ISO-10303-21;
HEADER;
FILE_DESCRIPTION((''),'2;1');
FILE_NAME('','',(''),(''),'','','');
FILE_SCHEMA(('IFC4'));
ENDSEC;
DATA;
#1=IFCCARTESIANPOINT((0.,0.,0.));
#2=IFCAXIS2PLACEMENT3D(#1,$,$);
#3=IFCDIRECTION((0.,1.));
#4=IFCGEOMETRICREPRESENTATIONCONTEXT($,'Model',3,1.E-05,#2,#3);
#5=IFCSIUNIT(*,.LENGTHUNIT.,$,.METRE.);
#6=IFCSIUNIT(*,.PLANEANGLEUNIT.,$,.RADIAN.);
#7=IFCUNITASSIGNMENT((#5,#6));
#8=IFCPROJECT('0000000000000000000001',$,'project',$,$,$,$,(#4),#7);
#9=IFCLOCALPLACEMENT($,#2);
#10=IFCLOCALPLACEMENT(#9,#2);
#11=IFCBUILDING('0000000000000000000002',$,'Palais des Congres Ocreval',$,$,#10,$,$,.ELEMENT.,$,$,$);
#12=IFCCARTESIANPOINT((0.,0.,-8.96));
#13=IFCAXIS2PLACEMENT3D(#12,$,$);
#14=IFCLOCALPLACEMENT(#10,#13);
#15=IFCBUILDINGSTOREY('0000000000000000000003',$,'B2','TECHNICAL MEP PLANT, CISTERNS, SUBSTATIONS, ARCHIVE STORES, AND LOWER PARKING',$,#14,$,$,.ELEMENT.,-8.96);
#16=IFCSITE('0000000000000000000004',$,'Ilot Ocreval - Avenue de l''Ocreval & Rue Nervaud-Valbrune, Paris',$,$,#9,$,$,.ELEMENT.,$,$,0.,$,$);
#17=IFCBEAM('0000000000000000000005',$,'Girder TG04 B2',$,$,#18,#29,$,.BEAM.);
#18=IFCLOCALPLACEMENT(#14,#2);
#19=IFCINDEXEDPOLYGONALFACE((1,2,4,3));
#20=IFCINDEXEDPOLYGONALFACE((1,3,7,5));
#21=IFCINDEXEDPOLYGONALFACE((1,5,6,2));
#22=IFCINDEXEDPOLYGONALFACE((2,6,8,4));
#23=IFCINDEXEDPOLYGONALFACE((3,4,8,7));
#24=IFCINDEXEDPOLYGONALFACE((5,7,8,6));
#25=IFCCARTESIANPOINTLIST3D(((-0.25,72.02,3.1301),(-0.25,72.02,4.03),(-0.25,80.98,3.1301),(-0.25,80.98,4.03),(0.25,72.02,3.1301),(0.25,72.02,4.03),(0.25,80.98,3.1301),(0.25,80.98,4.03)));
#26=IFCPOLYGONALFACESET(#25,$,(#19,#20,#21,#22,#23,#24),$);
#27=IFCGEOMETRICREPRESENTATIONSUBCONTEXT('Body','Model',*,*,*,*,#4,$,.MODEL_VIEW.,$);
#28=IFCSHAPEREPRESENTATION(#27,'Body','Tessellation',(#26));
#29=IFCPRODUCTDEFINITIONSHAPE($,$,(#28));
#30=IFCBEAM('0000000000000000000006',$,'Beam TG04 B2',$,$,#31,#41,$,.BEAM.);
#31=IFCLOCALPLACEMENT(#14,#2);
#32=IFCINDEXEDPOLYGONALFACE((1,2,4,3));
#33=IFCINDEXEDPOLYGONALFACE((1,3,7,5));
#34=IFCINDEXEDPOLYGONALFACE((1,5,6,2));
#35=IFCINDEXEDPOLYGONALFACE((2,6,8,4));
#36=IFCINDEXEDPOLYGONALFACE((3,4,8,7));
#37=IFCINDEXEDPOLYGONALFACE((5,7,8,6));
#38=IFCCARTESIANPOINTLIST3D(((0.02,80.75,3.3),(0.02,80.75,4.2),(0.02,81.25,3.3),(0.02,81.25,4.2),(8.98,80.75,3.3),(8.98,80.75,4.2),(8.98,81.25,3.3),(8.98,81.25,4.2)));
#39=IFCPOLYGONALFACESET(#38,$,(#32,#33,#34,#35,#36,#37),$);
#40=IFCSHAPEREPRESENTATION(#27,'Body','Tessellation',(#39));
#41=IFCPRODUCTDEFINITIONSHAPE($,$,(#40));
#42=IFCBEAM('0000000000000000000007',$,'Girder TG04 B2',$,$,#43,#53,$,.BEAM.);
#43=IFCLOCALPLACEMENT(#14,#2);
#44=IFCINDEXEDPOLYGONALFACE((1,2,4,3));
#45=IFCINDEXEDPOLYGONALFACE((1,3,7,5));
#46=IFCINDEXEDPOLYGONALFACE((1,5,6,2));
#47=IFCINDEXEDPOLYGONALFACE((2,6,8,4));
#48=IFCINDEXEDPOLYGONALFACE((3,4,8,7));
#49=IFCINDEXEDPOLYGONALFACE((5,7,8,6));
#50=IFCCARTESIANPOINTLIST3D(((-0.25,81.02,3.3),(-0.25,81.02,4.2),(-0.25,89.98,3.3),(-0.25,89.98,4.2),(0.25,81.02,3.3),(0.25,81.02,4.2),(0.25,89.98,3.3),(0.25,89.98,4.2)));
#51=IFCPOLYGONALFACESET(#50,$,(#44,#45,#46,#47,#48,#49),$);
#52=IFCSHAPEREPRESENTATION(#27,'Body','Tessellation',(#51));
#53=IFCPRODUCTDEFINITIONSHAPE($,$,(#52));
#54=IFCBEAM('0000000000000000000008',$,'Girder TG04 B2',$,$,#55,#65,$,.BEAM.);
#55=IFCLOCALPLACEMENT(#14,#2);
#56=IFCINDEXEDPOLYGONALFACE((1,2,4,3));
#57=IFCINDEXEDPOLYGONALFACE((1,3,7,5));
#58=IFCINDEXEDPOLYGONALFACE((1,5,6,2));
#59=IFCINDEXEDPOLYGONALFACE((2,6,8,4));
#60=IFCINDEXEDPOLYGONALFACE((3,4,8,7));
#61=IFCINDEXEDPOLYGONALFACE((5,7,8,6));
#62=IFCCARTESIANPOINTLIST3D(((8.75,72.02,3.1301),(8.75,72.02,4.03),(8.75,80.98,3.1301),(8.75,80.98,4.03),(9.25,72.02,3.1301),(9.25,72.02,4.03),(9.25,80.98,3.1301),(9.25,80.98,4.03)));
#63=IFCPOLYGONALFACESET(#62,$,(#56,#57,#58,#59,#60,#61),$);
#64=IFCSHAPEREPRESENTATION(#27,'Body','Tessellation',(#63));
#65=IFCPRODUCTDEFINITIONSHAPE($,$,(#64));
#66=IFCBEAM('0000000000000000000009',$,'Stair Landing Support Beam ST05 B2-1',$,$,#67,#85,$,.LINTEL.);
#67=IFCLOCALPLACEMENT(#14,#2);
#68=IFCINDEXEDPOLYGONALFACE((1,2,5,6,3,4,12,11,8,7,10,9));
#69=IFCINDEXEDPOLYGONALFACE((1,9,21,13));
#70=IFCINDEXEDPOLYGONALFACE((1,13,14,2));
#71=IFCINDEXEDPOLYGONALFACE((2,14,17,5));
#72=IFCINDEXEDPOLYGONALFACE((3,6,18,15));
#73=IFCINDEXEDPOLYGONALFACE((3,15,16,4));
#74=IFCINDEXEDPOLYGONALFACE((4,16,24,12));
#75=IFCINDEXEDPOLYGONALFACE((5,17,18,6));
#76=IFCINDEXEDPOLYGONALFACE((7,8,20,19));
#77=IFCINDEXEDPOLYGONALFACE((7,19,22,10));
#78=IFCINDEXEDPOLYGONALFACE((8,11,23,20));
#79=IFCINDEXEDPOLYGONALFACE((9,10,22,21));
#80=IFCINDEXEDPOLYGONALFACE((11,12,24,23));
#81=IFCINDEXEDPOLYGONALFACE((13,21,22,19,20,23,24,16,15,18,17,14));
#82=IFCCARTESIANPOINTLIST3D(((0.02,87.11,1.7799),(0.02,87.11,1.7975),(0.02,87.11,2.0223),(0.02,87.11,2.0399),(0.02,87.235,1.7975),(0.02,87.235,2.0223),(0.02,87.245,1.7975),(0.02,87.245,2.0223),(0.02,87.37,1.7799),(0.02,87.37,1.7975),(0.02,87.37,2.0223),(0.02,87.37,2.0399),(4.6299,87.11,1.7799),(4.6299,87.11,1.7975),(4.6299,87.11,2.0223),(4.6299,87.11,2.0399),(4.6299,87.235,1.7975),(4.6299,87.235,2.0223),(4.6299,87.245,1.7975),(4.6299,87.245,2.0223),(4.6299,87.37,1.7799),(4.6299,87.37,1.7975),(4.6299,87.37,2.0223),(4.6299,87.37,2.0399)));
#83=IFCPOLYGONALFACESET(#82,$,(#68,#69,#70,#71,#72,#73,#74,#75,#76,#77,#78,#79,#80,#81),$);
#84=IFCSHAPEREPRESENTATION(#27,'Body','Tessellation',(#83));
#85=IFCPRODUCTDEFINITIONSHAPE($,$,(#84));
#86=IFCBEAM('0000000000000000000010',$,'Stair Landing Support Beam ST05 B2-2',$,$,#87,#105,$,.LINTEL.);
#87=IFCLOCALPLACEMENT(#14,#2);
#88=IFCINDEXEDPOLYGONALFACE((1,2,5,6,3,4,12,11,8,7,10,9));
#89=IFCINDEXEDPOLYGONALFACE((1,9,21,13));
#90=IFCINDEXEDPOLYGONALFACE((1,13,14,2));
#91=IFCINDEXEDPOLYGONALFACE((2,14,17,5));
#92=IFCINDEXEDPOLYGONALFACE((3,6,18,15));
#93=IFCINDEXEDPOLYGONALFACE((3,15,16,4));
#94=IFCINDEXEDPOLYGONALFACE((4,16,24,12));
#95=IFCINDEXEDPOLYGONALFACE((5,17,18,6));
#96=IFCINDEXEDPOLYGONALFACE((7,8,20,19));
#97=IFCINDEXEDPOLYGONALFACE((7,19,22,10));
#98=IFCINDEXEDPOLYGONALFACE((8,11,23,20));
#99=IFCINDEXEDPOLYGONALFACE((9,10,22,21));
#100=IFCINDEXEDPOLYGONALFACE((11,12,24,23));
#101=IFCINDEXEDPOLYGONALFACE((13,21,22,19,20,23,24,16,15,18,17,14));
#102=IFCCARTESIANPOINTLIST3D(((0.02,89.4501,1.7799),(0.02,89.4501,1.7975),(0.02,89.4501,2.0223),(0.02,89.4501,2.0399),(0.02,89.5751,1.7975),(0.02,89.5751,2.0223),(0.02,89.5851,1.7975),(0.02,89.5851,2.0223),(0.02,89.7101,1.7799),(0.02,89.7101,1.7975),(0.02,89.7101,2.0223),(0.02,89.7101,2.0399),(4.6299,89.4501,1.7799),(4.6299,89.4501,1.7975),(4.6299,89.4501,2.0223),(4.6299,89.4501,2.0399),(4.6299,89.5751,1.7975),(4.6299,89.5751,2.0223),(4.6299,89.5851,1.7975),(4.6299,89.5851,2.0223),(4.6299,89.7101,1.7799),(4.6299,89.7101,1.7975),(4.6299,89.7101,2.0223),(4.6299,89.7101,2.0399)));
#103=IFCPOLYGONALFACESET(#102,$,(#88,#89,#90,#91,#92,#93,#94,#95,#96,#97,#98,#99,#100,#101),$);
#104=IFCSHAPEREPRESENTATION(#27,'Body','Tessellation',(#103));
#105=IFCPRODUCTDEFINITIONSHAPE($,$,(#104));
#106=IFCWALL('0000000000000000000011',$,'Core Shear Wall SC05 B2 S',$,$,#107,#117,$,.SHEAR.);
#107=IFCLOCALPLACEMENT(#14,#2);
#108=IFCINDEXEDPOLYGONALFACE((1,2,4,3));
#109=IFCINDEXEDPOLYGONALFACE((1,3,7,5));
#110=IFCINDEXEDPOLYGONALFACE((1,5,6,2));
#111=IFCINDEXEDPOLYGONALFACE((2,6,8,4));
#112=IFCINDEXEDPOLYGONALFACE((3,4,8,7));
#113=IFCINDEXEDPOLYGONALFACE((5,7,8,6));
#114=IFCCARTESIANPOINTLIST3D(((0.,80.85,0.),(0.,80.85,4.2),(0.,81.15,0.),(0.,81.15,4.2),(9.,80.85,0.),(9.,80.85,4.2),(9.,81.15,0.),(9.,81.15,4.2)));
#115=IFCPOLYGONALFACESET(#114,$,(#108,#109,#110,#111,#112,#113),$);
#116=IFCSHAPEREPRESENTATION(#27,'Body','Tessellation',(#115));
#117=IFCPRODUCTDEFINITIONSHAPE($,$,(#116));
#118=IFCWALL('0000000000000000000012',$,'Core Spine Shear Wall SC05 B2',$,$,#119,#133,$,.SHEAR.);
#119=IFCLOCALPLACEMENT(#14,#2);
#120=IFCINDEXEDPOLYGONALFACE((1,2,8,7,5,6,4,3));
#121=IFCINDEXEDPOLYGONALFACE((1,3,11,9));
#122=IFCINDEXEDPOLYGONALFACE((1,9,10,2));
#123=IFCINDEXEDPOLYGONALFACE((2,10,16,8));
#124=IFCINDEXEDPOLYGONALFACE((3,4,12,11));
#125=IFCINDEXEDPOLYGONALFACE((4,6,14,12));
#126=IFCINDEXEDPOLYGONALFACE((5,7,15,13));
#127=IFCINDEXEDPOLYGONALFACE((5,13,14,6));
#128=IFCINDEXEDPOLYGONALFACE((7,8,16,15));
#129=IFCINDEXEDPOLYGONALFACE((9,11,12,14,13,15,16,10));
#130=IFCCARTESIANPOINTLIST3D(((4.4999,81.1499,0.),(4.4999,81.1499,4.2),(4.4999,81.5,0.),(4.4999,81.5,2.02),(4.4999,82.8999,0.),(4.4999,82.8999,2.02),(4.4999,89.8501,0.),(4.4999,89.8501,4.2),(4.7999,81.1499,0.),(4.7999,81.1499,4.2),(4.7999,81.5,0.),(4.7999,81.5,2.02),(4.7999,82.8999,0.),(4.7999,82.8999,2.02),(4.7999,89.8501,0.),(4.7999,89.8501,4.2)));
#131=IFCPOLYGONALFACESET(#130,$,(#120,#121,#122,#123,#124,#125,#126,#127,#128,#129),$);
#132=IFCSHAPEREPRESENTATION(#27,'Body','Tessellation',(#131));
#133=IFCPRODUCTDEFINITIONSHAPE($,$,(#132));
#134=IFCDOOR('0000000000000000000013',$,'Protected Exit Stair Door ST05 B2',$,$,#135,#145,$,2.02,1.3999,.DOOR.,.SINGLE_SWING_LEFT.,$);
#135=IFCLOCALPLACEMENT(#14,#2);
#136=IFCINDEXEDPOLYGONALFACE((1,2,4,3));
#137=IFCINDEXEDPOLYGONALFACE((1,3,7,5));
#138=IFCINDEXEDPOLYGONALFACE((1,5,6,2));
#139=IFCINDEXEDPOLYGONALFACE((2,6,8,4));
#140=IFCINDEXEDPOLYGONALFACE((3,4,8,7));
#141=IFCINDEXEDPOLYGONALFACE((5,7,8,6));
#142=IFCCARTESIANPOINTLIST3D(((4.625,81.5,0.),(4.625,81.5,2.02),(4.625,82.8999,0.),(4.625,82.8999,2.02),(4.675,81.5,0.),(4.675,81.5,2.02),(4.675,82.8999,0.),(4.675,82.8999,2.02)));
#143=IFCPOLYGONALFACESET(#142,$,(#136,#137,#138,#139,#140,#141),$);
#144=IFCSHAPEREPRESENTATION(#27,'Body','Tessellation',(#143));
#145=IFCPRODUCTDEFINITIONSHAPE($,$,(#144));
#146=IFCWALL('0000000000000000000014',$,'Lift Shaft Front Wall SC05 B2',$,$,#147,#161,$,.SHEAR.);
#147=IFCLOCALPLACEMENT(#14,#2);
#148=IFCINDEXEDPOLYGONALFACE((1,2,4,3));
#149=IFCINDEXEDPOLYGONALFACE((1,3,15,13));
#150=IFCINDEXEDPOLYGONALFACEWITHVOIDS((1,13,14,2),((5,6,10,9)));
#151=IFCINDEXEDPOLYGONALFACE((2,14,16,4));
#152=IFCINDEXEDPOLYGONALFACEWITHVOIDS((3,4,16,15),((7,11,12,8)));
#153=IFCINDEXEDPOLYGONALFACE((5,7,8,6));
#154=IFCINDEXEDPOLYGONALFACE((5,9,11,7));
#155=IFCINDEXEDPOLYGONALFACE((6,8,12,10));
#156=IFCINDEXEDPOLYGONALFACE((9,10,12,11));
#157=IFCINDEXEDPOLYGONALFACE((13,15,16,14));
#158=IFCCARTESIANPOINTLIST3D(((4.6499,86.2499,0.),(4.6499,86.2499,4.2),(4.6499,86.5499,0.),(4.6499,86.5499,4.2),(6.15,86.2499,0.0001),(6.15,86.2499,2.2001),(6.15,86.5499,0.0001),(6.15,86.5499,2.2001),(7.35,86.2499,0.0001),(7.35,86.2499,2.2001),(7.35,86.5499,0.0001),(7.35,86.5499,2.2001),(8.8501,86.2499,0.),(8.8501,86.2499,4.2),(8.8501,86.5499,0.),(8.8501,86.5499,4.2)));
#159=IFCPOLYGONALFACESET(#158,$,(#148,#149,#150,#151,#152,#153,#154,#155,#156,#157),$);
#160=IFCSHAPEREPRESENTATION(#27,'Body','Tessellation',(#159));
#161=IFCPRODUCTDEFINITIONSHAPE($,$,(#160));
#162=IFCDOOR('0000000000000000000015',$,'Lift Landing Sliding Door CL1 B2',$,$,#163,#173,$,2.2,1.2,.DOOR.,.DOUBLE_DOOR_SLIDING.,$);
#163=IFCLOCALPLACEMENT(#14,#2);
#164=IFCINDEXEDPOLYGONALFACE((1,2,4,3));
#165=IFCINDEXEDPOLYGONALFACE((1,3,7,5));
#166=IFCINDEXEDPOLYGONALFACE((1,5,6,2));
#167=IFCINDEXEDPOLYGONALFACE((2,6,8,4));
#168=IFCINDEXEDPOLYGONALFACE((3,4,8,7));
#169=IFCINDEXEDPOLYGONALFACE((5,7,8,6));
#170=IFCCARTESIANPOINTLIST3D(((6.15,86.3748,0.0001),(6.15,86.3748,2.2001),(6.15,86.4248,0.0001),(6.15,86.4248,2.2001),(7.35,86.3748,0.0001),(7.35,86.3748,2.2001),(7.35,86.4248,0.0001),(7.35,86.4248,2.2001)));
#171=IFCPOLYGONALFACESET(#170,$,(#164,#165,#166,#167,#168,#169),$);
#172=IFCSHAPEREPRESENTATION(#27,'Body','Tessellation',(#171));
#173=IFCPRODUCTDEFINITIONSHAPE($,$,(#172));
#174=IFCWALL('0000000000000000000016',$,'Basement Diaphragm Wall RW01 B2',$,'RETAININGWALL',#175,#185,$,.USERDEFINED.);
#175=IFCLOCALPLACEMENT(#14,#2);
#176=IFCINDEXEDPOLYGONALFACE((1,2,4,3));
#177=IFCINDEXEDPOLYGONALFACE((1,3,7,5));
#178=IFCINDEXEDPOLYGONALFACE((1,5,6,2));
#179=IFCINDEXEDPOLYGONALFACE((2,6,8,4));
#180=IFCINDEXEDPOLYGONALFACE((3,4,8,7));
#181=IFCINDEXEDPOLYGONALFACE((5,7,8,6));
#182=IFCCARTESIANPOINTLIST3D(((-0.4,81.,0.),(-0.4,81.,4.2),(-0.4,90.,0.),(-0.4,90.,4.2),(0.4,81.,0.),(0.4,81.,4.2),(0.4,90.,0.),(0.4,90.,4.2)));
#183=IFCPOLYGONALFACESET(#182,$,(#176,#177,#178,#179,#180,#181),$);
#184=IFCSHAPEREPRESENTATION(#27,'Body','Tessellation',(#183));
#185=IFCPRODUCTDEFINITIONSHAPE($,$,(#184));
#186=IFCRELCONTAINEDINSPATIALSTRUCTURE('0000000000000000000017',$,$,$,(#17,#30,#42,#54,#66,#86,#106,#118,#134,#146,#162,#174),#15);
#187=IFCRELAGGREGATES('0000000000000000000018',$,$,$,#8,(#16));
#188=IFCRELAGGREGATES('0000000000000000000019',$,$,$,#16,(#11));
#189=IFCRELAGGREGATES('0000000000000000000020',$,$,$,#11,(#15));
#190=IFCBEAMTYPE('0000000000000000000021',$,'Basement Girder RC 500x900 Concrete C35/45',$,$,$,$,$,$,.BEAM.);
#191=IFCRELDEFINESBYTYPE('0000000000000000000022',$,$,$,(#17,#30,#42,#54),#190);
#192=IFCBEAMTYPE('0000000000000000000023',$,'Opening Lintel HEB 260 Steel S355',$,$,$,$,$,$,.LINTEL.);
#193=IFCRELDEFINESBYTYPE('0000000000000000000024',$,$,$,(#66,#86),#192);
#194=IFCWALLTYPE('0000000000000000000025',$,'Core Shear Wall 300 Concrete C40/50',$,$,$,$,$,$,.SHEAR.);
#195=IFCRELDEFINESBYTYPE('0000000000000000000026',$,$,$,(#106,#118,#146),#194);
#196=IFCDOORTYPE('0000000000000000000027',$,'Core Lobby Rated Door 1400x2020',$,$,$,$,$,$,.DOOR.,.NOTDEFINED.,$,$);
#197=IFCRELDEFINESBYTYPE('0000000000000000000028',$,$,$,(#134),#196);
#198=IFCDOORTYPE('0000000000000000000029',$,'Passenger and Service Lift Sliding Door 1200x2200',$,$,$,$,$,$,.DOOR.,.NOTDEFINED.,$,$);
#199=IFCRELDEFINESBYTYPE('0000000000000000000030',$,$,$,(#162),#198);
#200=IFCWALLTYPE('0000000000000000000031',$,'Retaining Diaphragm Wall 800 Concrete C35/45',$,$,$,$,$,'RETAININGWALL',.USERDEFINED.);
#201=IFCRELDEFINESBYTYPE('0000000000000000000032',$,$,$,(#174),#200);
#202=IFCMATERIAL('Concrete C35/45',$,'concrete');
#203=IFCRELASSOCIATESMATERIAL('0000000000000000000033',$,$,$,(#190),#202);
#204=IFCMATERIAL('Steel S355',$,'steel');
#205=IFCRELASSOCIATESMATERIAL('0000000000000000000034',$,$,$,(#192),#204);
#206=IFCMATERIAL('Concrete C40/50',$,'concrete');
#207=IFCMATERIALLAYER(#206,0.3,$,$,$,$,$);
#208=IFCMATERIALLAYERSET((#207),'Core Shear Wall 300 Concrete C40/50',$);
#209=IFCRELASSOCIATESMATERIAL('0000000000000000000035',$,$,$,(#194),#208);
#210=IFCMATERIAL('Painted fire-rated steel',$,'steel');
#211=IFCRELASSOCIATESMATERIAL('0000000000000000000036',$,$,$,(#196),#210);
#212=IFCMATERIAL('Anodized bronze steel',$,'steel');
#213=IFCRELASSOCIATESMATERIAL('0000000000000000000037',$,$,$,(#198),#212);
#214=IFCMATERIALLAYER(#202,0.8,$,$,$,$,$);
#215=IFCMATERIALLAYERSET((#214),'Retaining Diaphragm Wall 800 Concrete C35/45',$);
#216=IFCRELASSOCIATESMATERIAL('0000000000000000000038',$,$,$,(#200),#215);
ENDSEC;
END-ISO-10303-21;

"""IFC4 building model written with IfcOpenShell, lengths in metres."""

from ifc_helpers import new_model, si_unit, direction, frame, frame_2d, origin, origin_2d, place, context, subcontext, project, spatial, rectangle, i_section, extrude, material, layer, layer_set, material_profile, profile_set, type_object, element, fill, save


model = new_model("IFC4")

# Units and contexts
model_context = context("Model", 3, precision=1e-05, world=origin(), true_north=direction((0.0, 1.0)))
body_context = subcontext(model_context, "Body", "Model", "MODEL_VIEW")
ifc_project = project(units=[si_unit("LENGTHUNIT", "METRE"), si_unit("PLANEANGLEUNIT", "RADIAN")], contexts=[model_context])

# Site, building, storey
site_placement = place(None, origin())
site = spatial("IfcSite", under=ifc_project, at=site_placement, Name="Ilot Ocreval - Avenue de l'Ocreval & Rue Nervaud-Valbrune, Paris", CompositionType="ELEMENT", RefElevation=0.0)
building_placement = place(site_placement, origin())
building = spatial("IfcBuilding", under=site, at=building_placement, Name="Palais des Congres Ocreval", CompositionType="ELEMENT")
storey_placement = place(building_placement, frame((0.0, 0.0, -8.96)))
storey = spatial("IfcBuildingStorey", under=building, at=storey_placement, Name="B2", Description="TECHNICAL MEP PLANT, CISTERNS, SUBSTATIONS, ARCHIVE STORES, AND LOWER PARKING", CompositionType="ELEMENT", Elevation=-8.96)

# Shared definitions
ifc_material_1 = material(Name="Concrete C35/45", Category="concrete")

# Shared definitions
ifc_material_2 = material(Name="Steel S355", Category="steel")

# Beams
ifc_material_profile_1 = material_profile(ifc_material_1, rectangle(XDim=0.5, YDim=0.8999, at=origin_2d()), Name="RC 500x900")
ifc_profile_set_1 = profile_set([ifc_material_profile_1], Name="Concrete C35/45")
beam_type_1 = type_object("IfcBeamType", Name="Basement Girder RC 500x900 Concrete C35/45", PredefinedType="BEAM", material=ifc_profile_set_1)
for number, where, z_axis, x_axis, name in (
    (1, (0.0, 72.02, 3.5801), (0.0, 1.0, 0.0), (-1.0, 0.0, 0.0), "Girder TG04 B2"),
    (2, (0.02, 81.0, 3.75), (1.0, 0.0, 0.0), (0.0, 1.0, 0.0), "Beam TG04 B2"),
    (3, (0.0, 81.02, 3.75), (0.0, 1.0, 0.0), (-1.0, 0.0, 0.0), "Girder TG04 B2"),
    (4, (9.0, 72.02, 3.5801), (0.0, 1.0, 0.0), (-1.0, 0.0, 0.0), "Girder TG04 B2"),
):
    element("IfcBeam", number, at=place(storey_placement, frame(where, z_axis=z_axis, x_axis=x_axis)), inside=storey, type_object=beam_type_1, Name=name, PredefinedType="BEAM", context=body_context, shape_type="SweptSolid", body=[
        extrude(rectangle(XDim=0.5, YDim=0.8999, at=origin_2d()), origin(), (0.0, 0.0, 1.0), 8.96),
    ])
ifc_material_profile_2 = material_profile(ifc_material_2, i_section(OverallWidth=0.26, OverallDepth=0.26, WebThickness=0.01, FlangeThickness=0.0176, at=origin_2d()), Name="HEB 260")
ifc_profile_set_2 = profile_set([ifc_material_profile_2], Name="Steel S355")
beam_type_2 = type_object("IfcBeamType", Name="Opening Lintel HEB 260 Steel S355", PredefinedType="LINTEL", material=ifc_profile_set_2)
for number, where, z_axis, x_axis, name in (
    (5, (0.02, 87.24, 1.9099), (1.0, 0.0, 0.0), (0.0, 1.0, 0.0), "Stair Landing Support Beam ST05 B2-1"),
    (6, (0.02, 89.5801, 1.9099), (1.0, 0.0, 0.0), (0.0, 1.0, 0.0), "Stair Landing Support Beam ST05 B2-2"),
):
    element("IfcBeam", number, at=place(storey_placement, frame(where, z_axis=z_axis, x_axis=x_axis)), inside=storey, type_object=beam_type_2, Name=name, PredefinedType="LINTEL", context=body_context, shape_type="SweptSolid", body=[
        extrude(i_section(OverallWidth=0.26, OverallDepth=0.26, WebThickness=0.01, FlangeThickness=0.0176, at=origin_2d()), origin(), (0.0, 0.0, 1.0), 4.6099),
    ])

# Wall
ifc_material_3 = material(Name="Concrete C40/50", Category="concrete")
ifc_layer_1 = layer(ifc_material_3, 0.3)
ifc_layer_set_1 = layer_set([ifc_layer_1], Name="Core Shear Wall 300 Concrete C40/50")
wall_type_1 = type_object("IfcWallType", Name="Core Shear Wall 300 Concrete C40/50", PredefinedType="SHEAR", material=ifc_layer_set_1)
wall_1_placement = place(storey_placement, frame((0.0, 81.0, 0.0), z_axis=(0.0, 0.0, 1.0), x_axis=(1.0, 0.0, 0.0)))
element("IfcWall", 7, at=wall_1_placement, inside=storey, type_object=wall_type_1, Name="Core Shear Wall SC05 B2 S", PredefinedType="SHEAR", context=body_context, shape_type="SweptSolid", body=[
    extrude(rectangle(XDim=9.0, YDim=0.3, at=frame_2d((4.5, 0.0))), origin(), (0.0, 0.0, 1.0), 4.2),
])

# Walls, openings, doors
wall_2_placement = place(storey_placement, frame((4.6499, 81.1499, 0.0), z_axis=(0.0, 0.0, 1.0), x_axis=(0.0, 1.0, 0.0)))
wall_2 = element("IfcWall", 8, at=wall_2_placement, inside=storey, type_object=wall_type_1, Name="Core Spine Shear Wall SC05 B2", PredefinedType="SHEAR", context=body_context, shape_type="SweptSolid", body=[
    extrude(rectangle(XDim=8.7002, YDim=0.3, at=frame_2d((4.3501, 0.0))), origin(), (0.0, 0.0, 1.0), 4.2),
])
opening_1_placement = place(wall_2_placement, frame((0.3501, 0.0, 0.0)))
opening_1 = element("IfcOpeningElement", 9, at=opening_1_placement, cuts=wall_2, PredefinedType="OPENING", context=body_context, shape_type="SweptSolid", body=[
    extrude(rectangle(XDim=1.3999, YDim=2.02, at=frame_2d((0.7, 1.01))), frame((0.0, 0.1599, 0.0), z_axis=(0.0, -1.0, 0.0), x_axis=(1.0, 0.0, 0.0)), (0.0, 0.0, 1.0), 0.3201),
])
ifc_material_4 = material(Name="Painted fire-rated steel", Category="steel")
door_type_1 = type_object("IfcDoorType", Name="Core Lobby Rated Door 1400x2020", OperationType="NOTDEFINED", PredefinedType="DOOR", material=ifc_material_4)
door_1_placement = place(opening_1_placement, origin())
door_1 = element("IfcDoor", 10, at=door_1_placement, inside=storey, type_object=door_type_1, Name="Protected Exit Stair Door ST05 B2", OperationType="SINGLE_SWING_LEFT", OverallHeight=2.02, OverallWidth=1.3999, PredefinedType="DOOR", context=body_context, shape_type="SweptSolid", body=[
    extrude(rectangle(XDim=1.3999, YDim=2.02, at=frame_2d((0.7, 1.01))), frame((0.0, 0.0249, 0.0), z_axis=(0.0, -1.0, 0.0), x_axis=(1.0, 0.0, 0.0)), (0.0, 0.0, 1.0), 0.05),
])
fill(opening_1, door_1)
wall_3_placement = place(storey_placement, frame((4.6499, 86.3999, 0.0), z_axis=(0.0, 0.0, 1.0), x_axis=(1.0, 0.0, 0.0)))
wall_3 = element("IfcWall", 11, at=wall_3_placement, inside=storey, type_object=wall_type_1, Name="Lift Shaft Front Wall SC05 B2", PredefinedType="SHEAR", context=body_context, shape_type="SweptSolid", body=[
    extrude(rectangle(XDim=4.2002, YDim=0.3, at=frame_2d((2.1001, 0.0))), origin(), (0.0, 0.0, 1.0), 4.2),
])
opening_2_placement = place(wall_3_placement, frame((1.5, 0.0, 0.0)))
opening_2 = element("IfcOpeningElement", 12, at=opening_2_placement, cuts=wall_3, PredefinedType="OPENING", context=body_context, shape_type="SweptSolid", body=[
    extrude(rectangle(XDim=1.2, YDim=2.2, at=frame_2d((0.6001, 1.1001))), frame((0.0, 0.1599, 0.0), z_axis=(0.0, -1.0, 0.0), x_axis=(1.0, 0.0, 0.0)), (0.0, 0.0, 1.0), 0.3201),
])
ifc_material_5 = material(Name="Anodized bronze steel", Category="steel")
door_type_2 = type_object("IfcDoorType", Name="Passenger and Service Lift Sliding Door 1200x2200", OperationType="NOTDEFINED", PredefinedType="DOOR", material=ifc_material_5)
door_2_placement = place(opening_2_placement, origin())
door_2 = element("IfcDoor", 13, at=door_2_placement, inside=storey, type_object=door_type_2, Name="Lift Landing Sliding Door CL1 B2", OperationType="DOUBLE_DOOR_SLIDING", OverallHeight=2.2, OverallWidth=1.2, PredefinedType="DOOR", context=body_context, shape_type="SweptSolid", body=[
    extrude(rectangle(XDim=1.2, YDim=2.2, at=frame_2d((0.6001, 1.1001))), frame((0.0, 0.0249, 0.0), z_axis=(0.0, -1.0, 0.0), x_axis=(1.0, 0.0, 0.0)), (0.0, 0.0, 1.0), 0.05),
])
fill(opening_2, door_2)

# Wall
ifc_layer_2 = layer(ifc_material_1, 0.8)
ifc_layer_set_2 = layer_set([ifc_layer_2], Name="Retaining Diaphragm Wall 800 Concrete C35/45")
wall_type_2 = type_object("IfcWallType", Name="Retaining Diaphragm Wall 800 Concrete C35/45", ElementType="RETAININGWALL", PredefinedType="USERDEFINED", material=ifc_layer_set_2)
wall_4_placement = place(storey_placement, frame((0.0, 81.0, 0.0), z_axis=(0.0, 0.0, 1.0), x_axis=(0.0, 1.0, 0.0)))
element("IfcWall", 14, at=wall_4_placement, inside=storey, type_object=wall_type_2, Name="Basement Diaphragm Wall RW01 B2", ObjectType="RETAININGWALL", PredefinedType="USERDEFINED", context=body_context, shape_type="SweptSolid", body=[
    extrude(rectangle(XDim=9.0, YDim=0.8, at=frame_2d((4.5, 0.0))), origin(), (0.0, 0.0, 1.0), 4.2),
])

save(model, "model.ifc")
